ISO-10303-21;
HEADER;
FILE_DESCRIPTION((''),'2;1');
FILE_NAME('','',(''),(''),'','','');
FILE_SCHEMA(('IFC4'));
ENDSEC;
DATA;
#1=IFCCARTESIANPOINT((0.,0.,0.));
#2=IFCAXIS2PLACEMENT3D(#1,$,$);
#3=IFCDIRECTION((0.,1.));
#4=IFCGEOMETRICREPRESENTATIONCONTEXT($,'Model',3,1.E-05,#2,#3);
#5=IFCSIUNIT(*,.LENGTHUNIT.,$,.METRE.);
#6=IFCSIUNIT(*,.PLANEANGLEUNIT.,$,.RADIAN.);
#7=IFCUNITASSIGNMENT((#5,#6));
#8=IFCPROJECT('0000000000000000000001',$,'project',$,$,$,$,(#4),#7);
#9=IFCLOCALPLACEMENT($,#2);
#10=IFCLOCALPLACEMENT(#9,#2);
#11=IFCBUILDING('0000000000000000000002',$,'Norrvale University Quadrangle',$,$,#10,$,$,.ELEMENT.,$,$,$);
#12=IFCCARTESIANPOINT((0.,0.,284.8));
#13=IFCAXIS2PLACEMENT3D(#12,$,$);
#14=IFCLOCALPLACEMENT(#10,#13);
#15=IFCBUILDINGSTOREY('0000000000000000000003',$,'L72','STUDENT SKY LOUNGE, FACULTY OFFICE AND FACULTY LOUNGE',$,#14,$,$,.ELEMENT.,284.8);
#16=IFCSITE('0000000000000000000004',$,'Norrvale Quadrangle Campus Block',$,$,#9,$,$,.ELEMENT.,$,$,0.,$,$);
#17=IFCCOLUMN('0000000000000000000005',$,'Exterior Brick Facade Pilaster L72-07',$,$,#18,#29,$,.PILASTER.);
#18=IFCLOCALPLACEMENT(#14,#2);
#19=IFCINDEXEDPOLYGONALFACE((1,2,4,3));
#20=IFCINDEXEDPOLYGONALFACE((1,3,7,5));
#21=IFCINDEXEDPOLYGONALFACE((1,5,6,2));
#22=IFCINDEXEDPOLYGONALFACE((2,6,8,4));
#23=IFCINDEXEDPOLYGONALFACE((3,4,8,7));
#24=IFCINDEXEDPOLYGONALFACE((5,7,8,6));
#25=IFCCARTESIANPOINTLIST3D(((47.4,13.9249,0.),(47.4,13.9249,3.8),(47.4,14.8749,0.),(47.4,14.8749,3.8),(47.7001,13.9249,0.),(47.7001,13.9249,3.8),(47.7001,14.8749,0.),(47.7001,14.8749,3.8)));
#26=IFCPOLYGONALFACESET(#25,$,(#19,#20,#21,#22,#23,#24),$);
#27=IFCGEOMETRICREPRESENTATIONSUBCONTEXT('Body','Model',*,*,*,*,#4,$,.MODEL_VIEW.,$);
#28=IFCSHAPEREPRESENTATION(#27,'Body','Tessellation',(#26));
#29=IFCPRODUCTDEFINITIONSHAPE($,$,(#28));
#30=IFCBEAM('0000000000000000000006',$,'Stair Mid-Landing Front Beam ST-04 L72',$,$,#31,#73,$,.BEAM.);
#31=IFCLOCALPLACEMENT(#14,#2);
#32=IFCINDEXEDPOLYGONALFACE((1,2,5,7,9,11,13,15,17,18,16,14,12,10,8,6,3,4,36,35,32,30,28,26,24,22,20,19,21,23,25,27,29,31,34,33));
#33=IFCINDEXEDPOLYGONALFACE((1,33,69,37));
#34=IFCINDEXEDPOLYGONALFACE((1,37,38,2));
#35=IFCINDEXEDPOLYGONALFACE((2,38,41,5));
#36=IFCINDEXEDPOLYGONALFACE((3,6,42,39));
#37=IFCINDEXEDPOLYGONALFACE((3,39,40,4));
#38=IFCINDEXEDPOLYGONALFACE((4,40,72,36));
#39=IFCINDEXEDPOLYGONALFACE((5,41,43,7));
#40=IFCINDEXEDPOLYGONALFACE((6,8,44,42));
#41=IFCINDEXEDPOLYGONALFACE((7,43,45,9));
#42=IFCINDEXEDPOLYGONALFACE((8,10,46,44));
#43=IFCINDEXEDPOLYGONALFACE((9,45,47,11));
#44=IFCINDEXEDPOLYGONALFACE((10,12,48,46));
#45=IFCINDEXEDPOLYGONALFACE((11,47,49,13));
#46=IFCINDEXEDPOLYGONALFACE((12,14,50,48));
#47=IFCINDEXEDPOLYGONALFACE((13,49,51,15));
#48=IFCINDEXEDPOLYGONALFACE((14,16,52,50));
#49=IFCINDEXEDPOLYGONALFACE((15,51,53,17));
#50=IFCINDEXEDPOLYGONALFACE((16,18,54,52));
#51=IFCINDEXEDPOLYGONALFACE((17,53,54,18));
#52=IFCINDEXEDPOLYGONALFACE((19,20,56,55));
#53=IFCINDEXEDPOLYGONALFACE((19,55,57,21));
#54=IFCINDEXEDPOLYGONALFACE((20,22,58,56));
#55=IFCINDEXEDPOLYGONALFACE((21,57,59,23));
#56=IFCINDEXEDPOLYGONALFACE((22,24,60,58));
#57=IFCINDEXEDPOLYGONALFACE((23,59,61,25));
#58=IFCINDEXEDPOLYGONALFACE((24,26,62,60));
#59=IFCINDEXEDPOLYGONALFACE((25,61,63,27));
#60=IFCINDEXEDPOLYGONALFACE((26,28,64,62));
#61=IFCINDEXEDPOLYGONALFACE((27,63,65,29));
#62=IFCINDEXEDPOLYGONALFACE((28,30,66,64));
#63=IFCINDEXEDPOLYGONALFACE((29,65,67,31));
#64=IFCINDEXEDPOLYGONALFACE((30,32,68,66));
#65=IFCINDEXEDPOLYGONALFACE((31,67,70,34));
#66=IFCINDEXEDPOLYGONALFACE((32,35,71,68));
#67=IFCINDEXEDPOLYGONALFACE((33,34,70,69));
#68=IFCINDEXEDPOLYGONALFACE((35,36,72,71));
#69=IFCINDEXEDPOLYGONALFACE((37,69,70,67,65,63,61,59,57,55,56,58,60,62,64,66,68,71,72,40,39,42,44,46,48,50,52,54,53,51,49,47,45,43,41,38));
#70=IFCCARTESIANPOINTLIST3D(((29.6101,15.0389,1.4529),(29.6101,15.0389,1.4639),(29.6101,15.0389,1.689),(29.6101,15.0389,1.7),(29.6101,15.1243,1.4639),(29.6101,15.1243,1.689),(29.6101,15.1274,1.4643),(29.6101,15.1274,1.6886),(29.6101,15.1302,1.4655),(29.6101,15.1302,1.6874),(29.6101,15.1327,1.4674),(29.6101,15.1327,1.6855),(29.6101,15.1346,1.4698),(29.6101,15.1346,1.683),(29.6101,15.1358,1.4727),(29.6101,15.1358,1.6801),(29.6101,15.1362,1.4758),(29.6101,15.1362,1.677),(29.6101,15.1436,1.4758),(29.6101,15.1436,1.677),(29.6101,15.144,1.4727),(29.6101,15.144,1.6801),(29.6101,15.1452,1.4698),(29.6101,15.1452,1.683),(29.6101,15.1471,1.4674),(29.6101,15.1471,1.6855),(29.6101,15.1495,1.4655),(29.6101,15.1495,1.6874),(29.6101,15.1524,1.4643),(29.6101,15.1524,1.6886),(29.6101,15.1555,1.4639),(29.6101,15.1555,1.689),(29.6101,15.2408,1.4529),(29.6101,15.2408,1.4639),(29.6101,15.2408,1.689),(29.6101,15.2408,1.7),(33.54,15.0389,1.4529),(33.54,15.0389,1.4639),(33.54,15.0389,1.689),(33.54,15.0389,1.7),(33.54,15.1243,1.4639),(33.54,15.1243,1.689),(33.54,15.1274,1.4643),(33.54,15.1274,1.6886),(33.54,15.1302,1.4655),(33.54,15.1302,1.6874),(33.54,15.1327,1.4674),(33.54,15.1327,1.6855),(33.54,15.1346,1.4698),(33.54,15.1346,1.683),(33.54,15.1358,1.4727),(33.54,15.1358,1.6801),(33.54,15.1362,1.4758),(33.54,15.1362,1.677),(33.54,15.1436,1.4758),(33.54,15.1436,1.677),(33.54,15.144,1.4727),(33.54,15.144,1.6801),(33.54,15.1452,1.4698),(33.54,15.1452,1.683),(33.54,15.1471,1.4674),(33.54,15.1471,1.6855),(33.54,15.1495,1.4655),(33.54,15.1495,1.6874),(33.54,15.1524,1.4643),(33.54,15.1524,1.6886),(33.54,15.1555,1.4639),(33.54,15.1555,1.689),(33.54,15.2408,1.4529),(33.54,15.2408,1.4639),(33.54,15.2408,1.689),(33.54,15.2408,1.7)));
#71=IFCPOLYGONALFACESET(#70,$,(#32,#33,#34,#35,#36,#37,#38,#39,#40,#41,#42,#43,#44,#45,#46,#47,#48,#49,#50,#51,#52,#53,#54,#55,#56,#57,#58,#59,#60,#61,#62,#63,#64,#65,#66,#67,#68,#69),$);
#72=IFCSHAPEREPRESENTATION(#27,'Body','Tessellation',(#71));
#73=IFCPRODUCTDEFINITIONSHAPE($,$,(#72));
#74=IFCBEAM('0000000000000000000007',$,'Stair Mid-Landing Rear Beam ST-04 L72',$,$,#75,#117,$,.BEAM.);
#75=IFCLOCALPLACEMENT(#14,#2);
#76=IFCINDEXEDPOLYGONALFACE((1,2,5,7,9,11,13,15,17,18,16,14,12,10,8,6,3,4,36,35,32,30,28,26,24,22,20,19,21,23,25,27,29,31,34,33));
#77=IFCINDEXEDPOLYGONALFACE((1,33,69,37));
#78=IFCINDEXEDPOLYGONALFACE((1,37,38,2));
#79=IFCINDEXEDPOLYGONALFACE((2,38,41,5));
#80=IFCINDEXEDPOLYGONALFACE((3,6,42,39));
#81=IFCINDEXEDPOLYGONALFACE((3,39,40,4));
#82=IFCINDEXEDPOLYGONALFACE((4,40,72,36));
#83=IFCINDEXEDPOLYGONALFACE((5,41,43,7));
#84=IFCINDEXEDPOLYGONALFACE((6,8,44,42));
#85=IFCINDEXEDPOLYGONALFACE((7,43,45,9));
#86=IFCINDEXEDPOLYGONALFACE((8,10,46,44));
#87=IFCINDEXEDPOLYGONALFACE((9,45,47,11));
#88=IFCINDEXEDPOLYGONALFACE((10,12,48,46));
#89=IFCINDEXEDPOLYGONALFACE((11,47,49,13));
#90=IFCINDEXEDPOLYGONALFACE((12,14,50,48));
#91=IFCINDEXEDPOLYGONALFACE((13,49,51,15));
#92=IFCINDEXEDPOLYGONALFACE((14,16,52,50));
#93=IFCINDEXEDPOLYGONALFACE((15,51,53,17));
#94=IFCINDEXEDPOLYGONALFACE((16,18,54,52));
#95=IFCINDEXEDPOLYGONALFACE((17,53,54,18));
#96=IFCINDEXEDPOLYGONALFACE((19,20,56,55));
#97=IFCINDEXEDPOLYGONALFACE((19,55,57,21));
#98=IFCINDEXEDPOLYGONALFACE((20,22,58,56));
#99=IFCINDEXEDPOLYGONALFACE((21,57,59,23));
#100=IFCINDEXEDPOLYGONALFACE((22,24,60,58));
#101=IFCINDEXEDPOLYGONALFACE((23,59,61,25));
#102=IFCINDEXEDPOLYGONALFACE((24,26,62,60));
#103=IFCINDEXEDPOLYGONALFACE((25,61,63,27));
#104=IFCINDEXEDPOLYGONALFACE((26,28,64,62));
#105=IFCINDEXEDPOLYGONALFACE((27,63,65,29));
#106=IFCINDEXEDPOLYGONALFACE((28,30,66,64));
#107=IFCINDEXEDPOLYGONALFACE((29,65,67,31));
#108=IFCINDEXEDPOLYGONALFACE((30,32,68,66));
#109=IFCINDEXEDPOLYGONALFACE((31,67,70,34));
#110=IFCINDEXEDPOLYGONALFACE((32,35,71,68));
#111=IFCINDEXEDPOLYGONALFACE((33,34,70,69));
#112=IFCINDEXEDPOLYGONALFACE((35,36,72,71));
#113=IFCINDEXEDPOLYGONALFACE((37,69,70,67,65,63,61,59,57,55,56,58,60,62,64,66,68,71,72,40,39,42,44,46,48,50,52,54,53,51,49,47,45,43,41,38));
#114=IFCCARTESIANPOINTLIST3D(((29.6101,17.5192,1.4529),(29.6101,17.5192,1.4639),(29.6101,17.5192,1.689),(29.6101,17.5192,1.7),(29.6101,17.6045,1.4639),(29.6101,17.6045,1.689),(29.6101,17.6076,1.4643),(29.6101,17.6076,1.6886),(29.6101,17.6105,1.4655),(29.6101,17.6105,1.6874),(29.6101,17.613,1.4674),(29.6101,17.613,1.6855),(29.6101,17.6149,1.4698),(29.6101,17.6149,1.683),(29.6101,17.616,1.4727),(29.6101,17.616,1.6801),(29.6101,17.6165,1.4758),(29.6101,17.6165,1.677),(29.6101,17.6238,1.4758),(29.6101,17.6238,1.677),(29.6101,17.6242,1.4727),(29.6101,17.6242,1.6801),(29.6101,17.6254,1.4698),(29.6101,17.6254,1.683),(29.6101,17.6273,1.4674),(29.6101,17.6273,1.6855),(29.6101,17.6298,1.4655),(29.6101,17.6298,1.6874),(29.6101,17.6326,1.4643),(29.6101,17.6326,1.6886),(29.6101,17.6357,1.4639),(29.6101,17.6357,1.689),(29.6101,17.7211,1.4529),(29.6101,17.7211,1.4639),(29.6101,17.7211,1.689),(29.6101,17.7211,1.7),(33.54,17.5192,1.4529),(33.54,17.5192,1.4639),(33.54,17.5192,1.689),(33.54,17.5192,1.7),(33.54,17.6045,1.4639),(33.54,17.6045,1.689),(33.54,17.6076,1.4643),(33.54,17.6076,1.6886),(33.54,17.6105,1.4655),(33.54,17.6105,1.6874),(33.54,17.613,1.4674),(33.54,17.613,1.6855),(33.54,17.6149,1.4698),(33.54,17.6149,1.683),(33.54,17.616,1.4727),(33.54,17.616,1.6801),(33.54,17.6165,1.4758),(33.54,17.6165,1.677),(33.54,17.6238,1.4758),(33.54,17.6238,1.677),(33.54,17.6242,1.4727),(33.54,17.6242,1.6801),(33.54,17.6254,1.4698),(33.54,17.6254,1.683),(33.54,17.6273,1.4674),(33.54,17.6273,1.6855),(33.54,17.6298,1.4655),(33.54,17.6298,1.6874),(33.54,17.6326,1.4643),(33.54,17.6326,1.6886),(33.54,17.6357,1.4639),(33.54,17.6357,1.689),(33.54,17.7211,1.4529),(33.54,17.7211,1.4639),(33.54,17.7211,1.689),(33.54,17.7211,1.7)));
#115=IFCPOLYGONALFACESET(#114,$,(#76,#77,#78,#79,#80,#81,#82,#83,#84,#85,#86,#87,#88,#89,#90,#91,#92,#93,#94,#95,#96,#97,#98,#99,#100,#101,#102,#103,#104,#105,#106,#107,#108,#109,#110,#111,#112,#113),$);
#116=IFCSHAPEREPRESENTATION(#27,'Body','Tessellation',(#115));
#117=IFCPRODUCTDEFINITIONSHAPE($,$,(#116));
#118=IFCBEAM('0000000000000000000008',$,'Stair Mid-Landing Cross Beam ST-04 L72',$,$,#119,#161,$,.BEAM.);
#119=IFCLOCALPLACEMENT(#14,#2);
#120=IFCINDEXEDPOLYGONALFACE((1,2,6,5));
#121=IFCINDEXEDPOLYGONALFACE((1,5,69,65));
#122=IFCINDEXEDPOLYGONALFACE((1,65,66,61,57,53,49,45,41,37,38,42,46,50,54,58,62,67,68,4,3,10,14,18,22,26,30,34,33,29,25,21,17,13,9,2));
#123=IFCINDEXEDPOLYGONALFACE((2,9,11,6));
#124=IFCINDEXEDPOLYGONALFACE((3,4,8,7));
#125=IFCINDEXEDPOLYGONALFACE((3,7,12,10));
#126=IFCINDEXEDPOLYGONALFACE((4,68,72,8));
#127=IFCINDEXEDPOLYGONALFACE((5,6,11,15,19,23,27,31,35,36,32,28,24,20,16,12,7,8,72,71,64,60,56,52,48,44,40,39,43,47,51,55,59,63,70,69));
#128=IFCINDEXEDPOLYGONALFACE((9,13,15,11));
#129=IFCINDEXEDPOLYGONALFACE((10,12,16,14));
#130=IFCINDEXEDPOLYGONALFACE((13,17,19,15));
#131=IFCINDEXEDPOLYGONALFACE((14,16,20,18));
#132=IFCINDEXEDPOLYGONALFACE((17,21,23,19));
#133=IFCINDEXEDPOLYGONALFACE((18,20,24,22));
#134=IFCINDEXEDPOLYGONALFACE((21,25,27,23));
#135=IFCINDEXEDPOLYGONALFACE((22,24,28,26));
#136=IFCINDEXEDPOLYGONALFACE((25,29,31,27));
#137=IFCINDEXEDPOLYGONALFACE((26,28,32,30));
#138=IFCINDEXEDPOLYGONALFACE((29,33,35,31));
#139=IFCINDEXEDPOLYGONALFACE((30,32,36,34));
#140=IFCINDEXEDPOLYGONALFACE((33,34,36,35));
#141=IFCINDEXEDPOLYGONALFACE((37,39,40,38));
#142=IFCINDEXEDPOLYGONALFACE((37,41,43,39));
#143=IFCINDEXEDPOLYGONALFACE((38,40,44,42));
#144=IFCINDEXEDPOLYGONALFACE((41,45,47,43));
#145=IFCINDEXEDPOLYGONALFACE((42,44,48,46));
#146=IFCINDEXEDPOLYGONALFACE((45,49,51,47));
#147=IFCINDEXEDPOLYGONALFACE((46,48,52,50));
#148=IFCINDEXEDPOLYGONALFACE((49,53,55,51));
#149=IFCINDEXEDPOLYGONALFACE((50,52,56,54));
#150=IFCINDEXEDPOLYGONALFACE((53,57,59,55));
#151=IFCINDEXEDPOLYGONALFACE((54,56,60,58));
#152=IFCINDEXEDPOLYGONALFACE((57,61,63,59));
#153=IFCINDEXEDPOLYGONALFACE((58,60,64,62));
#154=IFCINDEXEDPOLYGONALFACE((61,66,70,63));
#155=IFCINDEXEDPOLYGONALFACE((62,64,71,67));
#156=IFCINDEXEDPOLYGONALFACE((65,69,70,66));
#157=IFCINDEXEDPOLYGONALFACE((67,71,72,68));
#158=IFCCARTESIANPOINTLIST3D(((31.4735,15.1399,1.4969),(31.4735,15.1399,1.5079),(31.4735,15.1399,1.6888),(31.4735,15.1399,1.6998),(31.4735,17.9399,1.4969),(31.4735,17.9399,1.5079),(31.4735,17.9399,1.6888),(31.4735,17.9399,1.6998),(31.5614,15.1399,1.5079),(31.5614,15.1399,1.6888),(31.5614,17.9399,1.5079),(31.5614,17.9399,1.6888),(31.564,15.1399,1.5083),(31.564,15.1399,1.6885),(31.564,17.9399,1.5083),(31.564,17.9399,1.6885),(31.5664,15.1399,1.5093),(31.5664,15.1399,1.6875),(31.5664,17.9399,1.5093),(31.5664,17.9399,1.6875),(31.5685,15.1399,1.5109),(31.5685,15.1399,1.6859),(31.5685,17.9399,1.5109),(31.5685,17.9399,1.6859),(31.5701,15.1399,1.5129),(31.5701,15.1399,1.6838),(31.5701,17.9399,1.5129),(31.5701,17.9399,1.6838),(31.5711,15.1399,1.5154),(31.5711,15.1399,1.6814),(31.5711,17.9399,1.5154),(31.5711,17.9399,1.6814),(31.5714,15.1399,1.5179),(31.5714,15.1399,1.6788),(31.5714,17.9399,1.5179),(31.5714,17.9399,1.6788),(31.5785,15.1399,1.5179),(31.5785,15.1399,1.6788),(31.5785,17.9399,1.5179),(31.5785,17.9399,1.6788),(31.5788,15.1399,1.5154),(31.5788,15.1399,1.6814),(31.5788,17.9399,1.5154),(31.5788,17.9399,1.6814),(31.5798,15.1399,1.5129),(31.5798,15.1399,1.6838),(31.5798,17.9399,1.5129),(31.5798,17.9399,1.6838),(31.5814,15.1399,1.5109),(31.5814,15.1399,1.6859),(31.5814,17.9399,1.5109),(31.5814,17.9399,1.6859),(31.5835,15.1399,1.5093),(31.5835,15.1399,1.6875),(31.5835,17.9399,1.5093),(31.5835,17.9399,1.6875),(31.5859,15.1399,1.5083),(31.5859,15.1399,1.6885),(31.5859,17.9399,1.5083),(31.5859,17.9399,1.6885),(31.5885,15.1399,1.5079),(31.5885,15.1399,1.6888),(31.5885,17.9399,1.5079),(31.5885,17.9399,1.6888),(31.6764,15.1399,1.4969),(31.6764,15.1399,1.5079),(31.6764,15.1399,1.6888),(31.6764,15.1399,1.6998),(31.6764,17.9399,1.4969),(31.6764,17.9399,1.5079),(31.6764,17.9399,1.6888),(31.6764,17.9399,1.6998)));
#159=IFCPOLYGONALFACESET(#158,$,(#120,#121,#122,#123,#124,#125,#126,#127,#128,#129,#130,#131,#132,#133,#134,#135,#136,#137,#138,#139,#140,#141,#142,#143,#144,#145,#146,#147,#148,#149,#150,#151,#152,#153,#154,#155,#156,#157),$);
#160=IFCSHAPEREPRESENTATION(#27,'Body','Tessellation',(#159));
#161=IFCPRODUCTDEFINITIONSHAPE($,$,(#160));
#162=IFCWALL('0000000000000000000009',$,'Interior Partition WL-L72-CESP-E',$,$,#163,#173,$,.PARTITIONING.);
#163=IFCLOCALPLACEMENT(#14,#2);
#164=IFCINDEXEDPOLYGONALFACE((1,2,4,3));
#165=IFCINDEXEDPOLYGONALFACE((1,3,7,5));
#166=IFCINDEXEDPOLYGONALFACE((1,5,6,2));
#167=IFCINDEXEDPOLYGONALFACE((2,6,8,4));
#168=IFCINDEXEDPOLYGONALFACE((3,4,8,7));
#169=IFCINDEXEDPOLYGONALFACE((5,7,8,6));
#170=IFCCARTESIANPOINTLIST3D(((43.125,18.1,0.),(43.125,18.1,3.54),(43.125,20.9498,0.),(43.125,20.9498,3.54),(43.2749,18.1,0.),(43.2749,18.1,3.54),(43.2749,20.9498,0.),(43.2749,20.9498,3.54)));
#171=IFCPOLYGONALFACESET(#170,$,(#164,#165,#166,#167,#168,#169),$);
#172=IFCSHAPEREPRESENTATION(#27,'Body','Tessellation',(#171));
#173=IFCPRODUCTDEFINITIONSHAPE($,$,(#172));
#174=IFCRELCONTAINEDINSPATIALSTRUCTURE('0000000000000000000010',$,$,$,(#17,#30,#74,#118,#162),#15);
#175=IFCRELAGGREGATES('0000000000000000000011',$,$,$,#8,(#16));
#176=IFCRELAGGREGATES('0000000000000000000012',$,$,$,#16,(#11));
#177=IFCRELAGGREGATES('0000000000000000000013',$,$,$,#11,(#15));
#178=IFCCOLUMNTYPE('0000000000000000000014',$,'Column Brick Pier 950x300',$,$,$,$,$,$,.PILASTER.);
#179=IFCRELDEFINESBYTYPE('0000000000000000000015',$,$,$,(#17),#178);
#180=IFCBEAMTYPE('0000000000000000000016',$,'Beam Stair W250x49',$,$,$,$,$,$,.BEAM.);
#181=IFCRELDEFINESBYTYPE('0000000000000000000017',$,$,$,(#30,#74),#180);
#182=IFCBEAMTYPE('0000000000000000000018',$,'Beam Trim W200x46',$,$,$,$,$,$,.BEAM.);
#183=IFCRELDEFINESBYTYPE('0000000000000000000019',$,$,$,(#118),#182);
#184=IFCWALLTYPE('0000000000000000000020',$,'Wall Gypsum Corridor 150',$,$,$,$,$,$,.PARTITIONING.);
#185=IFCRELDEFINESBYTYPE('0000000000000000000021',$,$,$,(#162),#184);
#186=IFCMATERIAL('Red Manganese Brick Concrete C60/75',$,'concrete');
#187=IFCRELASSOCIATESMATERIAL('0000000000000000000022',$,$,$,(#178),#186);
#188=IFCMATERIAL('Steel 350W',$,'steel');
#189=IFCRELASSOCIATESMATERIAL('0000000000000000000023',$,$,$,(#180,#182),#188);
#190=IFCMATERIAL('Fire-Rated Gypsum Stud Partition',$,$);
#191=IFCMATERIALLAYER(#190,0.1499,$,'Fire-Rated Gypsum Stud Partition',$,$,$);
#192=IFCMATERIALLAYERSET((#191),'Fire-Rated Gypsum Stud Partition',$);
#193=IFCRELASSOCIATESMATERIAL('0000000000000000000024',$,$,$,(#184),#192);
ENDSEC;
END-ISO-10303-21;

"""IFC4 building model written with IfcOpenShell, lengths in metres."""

from ifc_helpers import new_model, si_unit, direction, frame, frame_2d, origin, origin_2d, place, context, subcontext, project, spatial, rectangle, i_section, extrude, material, layer, layer_set, material_profile, profile_set, type_object, element, save


model = new_model("IFC4")

# Units and contexts
model_context = context("Model", 3, precision=1e-05, world=origin(), true_north=direction((0.0, 1.0)))
body_context = subcontext(model_context, "Body", "Model", "MODEL_VIEW")
ifc_project = project(units=[si_unit("LENGTHUNIT", "METRE"), si_unit("PLANEANGLEUNIT", "RADIAN")], contexts=[model_context])

# Site, building, storey
site_placement = place(None, origin())
site = spatial("IfcSite", under=ifc_project, at=site_placement, Name="Norrvale Quadrangle Campus Block", CompositionType="ELEMENT", RefElevation=0.0)
building_placement = place(site_placement, origin())
building = spatial("IfcBuilding", under=site, at=building_placement, Name="Norrvale University Quadrangle", CompositionType="ELEMENT")
storey_placement = place(building_placement, frame((0.0, 0.0, 284.8)))
storey = spatial("IfcBuildingStorey", under=building, at=storey_placement, Name="L72", Description="STUDENT SKY LOUNGE, FACULTY OFFICE AND FACULTY LOUNGE", CompositionType="ELEMENT", Elevation=284.8)

# Column
ifc_material_1 = material(Name="Red Manganese Brick Concrete C60/75", Category="concrete")
ifc_material_profile_1 = material_profile(ifc_material_1, rectangle(XDim=0.95, YDim=0.3, at=origin_2d()), Name="Red Manganese Brick Concrete C60/75")
ifc_profile_set_1 = profile_set([ifc_material_profile_1], Name="Red Manganese Brick Concrete C60/75")
column_type = type_object("IfcColumnType", Name="Column Brick Pier 950x300", PredefinedType="PILASTER", material=ifc_profile_set_1)
column_placement = place(storey_placement, frame((47.55, 14.3999, 0.0), z_axis=(0.0, 0.0, 1.0), x_axis=(0.0, 1.0, 0.0)))
element("IfcColumn", 1, at=column_placement, inside=storey, type_object=column_type, Name="Exterior Brick Facade Pilaster L72-07", PredefinedType="PILASTER", context=body_context, shape_type="SweptSolid", body=[
    extrude(rectangle(XDim=0.95, YDim=0.3, at=origin_2d()), origin(), (0.0, 0.0, 1.0), 3.8),
])

# Beams
ifc_material_2 = material(Name="Steel 350W", Category="steel")
ifc_material_profile_2 = material_profile(ifc_material_2, i_section(OverallWidth=0.2019, OverallDepth=0.2471, WebThickness=0.0073, FlangeThickness=0.011, FilletRadius=0.012, at=origin_2d()), Name="Steel 350W")
ifc_profile_set_2 = profile_set([ifc_material_profile_2], Name="Steel 350W")
beam_type_1 = type_object("IfcBeamType", Name="Beam Stair W250x49", PredefinedType="BEAM", material=ifc_profile_set_2)
for number, where, z_axis, x_axis, name in (
    (2, (29.6101, 15.1399, 1.5764), (1.0, 0.0, 0.0), (0.0, 1.0, 0.0), "Stair Mid-Landing Front Beam ST-04 L72"),
    (3, (29.6101, 17.6201, 1.5764), (1.0, 0.0, 0.0), (0.0, 1.0, 0.0), "Stair Mid-Landing Rear Beam ST-04 L72"),
):
    element("IfcBeam", number, at=place(storey_placement, frame(where, z_axis=z_axis, x_axis=x_axis)), inside=storey, type_object=beam_type_1, Name=name, PredefinedType="BEAM", context=body_context, shape_type="SweptSolid", body=[
        extrude(i_section(OverallWidth=0.2019, OverallDepth=0.2471, WebThickness=0.0073, FlangeThickness=0.011, FilletRadius=0.012, at=origin_2d()), origin(), (0.0, 0.0, 1.0), 3.9299),
    ])
ifc_material_profile_3 = material_profile(ifc_material_2, i_section(OverallWidth=0.2029, OverallDepth=0.2029, WebThickness=0.0071, FlangeThickness=0.011, FilletRadius=0.01, at=origin_2d()), Name="Steel 350W")
ifc_profile_set_3 = profile_set([ifc_material_profile_3], Name="Steel 350W")
beam_type_2 = type_object("IfcBeamType", Name="Beam Trim W200x46", PredefinedType="BEAM", material=ifc_profile_set_3)
beam_placement = place(storey_placement, frame((31.575, 15.1399, 1.5984), z_axis=(0.0, 1.0, 0.0), x_axis=(-1.0, 0.0, 0.0)))
element("IfcBeam", 4, at=beam_placement, inside=storey, type_object=beam_type_2, Name="Stair Mid-Landing Cross Beam ST-04 L72", PredefinedType="BEAM", context=body_context, shape_type="SweptSolid", body=[
    extrude(i_section(OverallWidth=0.2029, OverallDepth=0.2029, WebThickness=0.0071, FlangeThickness=0.011, FilletRadius=0.01, at=origin_2d()), origin(), (0.0, 0.0, 1.0), 2.8),
])

# Wall
ifc_material_3 = material(Name="Fire-Rated Gypsum Stud Partition")
ifc_layer_1 = layer(ifc_material_3, 0.1499, Name="Fire-Rated Gypsum Stud Partition")
ifc_layer_set_1 = layer_set([ifc_layer_1], Name="Fire-Rated Gypsum Stud Partition")
wall_type_1 = type_object("IfcWallType", Name="Wall Gypsum Corridor 150", PredefinedType="PARTITIONING", material=ifc_layer_set_1)
wall_1_placement = place(storey_placement, frame((43.2, 18.1001, 0.0), z_axis=(0.0, 0.0, 1.0), x_axis=(0.0, 1.0, 0.0)))
element("IfcWall", 5, at=wall_1_placement, inside=storey, type_object=wall_type_1, Name="Interior Partition WL-L72-CESP-E", PredefinedType="PARTITIONING", context=body_context, shape_type="SweptSolid", body=[
    extrude(rectangle(XDim=2.8499, YDim=0.1499, at=frame_2d((1.4248, 0.0))), origin(), (0.0, 0.0, 1.0), 3.54),
])

save(model, "model.ifc")
